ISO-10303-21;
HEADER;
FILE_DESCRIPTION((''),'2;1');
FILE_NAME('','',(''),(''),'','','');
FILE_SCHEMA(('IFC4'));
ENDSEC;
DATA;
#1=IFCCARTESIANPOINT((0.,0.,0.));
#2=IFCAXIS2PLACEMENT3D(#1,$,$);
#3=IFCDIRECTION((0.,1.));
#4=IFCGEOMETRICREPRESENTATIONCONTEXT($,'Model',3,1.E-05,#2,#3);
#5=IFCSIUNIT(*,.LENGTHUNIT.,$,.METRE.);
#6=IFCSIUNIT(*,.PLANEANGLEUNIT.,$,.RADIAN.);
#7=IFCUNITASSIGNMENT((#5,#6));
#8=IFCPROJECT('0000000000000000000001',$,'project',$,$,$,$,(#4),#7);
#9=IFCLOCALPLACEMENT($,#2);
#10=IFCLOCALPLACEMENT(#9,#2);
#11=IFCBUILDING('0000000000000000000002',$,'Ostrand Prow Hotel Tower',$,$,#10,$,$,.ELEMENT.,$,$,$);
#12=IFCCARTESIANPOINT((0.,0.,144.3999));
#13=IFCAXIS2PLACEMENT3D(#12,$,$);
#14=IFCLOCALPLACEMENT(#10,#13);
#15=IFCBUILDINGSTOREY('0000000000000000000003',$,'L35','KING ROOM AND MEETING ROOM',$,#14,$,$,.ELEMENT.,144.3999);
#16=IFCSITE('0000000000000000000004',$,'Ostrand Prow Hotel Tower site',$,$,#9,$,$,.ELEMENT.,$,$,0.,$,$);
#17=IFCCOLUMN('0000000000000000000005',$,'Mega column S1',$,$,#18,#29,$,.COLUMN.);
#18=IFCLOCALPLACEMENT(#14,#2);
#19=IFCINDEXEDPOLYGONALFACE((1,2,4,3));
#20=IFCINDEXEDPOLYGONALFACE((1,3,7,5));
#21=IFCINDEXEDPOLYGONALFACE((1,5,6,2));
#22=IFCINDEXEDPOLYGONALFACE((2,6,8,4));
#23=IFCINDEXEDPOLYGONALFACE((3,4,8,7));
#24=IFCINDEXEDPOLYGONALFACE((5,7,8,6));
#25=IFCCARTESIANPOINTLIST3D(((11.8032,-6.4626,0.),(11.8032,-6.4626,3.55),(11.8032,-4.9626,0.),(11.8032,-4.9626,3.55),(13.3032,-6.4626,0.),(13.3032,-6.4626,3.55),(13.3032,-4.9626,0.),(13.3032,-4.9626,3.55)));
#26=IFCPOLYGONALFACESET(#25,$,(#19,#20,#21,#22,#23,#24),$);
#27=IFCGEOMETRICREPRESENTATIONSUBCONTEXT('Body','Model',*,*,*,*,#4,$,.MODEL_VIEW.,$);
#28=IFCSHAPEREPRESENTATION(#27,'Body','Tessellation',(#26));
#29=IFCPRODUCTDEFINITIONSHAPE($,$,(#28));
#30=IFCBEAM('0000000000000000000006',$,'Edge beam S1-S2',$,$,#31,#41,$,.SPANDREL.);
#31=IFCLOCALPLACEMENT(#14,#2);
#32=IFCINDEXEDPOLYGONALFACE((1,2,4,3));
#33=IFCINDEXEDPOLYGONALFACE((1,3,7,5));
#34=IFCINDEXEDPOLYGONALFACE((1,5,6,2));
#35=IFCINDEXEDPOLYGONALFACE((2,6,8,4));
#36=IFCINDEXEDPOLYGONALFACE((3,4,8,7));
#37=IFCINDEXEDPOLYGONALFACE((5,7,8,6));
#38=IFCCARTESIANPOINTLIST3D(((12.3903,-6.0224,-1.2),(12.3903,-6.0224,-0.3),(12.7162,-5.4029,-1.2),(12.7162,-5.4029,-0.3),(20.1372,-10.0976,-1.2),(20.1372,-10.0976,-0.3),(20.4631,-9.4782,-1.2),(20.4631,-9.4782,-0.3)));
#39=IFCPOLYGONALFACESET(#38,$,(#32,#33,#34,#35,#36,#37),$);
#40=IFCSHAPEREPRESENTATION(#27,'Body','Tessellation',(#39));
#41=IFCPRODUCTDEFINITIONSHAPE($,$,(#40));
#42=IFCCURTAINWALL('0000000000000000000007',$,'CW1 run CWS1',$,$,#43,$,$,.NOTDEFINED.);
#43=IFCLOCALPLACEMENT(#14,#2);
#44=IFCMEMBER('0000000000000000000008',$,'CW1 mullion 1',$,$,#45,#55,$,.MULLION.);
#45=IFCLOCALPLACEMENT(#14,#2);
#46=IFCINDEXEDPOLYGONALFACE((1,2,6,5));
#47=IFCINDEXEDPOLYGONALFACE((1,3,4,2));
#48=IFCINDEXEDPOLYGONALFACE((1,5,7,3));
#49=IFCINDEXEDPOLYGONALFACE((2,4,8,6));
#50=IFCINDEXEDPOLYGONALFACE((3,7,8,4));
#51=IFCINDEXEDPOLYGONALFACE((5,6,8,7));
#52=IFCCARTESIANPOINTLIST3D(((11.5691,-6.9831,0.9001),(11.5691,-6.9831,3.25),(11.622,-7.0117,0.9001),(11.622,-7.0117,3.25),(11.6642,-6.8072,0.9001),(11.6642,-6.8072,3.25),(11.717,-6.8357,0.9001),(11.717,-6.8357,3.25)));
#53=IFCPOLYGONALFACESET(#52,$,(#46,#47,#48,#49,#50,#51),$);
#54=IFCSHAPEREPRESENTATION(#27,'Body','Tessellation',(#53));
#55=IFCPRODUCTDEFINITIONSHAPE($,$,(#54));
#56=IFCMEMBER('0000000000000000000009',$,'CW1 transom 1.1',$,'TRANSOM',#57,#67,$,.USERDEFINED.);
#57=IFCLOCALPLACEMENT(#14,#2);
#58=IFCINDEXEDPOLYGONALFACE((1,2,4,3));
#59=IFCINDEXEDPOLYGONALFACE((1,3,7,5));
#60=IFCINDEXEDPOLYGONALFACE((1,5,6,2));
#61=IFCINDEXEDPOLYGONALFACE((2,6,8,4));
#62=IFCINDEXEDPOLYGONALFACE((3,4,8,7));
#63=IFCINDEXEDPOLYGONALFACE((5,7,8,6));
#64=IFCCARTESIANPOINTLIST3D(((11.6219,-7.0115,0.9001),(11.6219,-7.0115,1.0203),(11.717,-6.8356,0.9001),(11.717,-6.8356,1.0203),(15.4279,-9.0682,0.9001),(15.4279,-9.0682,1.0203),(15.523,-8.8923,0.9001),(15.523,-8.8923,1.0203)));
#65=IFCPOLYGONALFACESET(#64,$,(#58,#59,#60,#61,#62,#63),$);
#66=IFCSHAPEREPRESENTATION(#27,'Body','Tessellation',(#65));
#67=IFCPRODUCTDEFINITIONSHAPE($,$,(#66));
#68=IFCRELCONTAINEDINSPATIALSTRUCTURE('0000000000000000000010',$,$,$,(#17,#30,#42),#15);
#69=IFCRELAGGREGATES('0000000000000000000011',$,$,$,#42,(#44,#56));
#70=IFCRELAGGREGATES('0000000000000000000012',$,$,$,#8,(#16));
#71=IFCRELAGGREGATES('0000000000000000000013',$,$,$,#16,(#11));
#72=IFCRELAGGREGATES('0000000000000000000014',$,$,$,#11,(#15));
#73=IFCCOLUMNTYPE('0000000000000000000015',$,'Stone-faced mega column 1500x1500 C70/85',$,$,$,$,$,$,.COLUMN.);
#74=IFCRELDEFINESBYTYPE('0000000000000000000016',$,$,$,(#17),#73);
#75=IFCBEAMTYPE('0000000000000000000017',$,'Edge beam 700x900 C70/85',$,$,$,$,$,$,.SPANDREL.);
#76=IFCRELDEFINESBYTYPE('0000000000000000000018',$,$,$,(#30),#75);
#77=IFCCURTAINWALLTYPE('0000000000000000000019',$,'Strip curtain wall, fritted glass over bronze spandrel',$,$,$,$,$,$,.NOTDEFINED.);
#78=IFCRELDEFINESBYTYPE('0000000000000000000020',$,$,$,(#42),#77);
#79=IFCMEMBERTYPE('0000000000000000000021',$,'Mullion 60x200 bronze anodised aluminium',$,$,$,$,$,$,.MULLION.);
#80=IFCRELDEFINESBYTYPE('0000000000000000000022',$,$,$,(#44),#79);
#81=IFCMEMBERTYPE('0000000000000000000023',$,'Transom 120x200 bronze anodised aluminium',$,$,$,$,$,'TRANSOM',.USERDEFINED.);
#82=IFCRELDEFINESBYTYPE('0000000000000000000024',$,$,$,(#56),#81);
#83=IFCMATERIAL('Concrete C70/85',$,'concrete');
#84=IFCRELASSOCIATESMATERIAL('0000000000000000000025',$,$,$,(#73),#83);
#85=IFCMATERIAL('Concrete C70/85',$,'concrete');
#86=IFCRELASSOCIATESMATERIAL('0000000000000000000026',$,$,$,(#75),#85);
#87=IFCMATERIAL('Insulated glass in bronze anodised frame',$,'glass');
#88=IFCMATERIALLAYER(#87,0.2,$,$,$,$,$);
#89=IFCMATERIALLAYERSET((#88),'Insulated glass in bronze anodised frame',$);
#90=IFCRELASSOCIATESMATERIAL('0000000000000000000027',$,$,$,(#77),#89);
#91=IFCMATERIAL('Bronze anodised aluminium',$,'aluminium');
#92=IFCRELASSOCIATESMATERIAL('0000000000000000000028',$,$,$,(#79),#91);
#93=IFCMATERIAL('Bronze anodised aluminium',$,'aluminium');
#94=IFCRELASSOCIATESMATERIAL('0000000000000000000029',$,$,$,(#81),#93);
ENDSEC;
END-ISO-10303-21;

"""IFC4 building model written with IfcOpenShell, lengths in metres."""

from ifc_helpers import new_model, si_unit, direction, frame, origin, origin_2d, place, context, subcontext, project, spatial, rectangle, extrude, material, layer, layer_set, material_profile, profile_set, type_object, element, aggregate, save


model = new_model("IFC4")

# Units and contexts
model_context = context("Model", 3, precision=1e-05, world=origin(), true_north=direction((0.0, 1.0)))
body_context = subcontext(model_context, "Body", "Model", "MODEL_VIEW")
ifc_project = project(units=[si_unit("LENGTHUNIT", "METRE"), si_unit("PLANEANGLEUNIT", "RADIAN")], contexts=[model_context])

# Site, building, storey
site_placement = place(None, origin())
site = spatial("IfcSite", under=ifc_project, at=site_placement, Name="Ostrand Prow Hotel Tower site", CompositionType="ELEMENT", RefElevation=0.0)
building_placement = place(site_placement, origin())
building = spatial("IfcBuilding", under=site, at=building_placement, Name="Ostrand Prow Hotel Tower", CompositionType="ELEMENT")
storey_placement = place(building_placement, frame((0.0, 0.0, 144.3999)))
storey = spatial("IfcBuildingStorey", under=building, at=storey_placement, Name="L35", Description="KING ROOM AND MEETING ROOM", CompositionType="ELEMENT", Elevation=144.3999)

# Column
ifc_material_1 = material(Name="Concrete C70/85", Category="concrete")
ifc_material_profile_1 = material_profile(ifc_material_1, rectangle(XDim=1.5, YDim=1.5, at=origin_2d()), Name="RC 1500x1500")
ifc_profile_set_1 = profile_set([ifc_material_profile_1], Name="Concrete C70/85")
column_type = type_object("IfcColumnType", Name="Stone-faced mega column 1500x1500 C70/85", PredefinedType="COLUMN", material=ifc_profile_set_1)
column_placement = place(storey_placement, frame((12.5532, -5.7126, 0.0), z_axis=(0.0, 0.0, 1.0), x_axis=(1.0, 0.0, 0.0)))
element("IfcColumn", 1, at=column_placement, inside=storey, type_object=column_type, Name="Mega column S1", PredefinedType="COLUMN", context=body_context, shape_type="SweptSolid", body=[
    extrude(rectangle(XDim=1.5, YDim=1.5, at=origin_2d()), origin(), (0.0, 0.0, 1.0), 3.55),
])

# Beam
ifc_material_2 = material(Name="Concrete C70/85", Category="concrete")
ifc_material_profile_2 = material_profile(ifc_material_2, rectangle(XDim=0.7, YDim=0.8999, at=origin_2d()), Name="RC 700x900")
ifc_profile_set_2 = profile_set([ifc_material_profile_2], Name="Concrete C70/85")
beam_type = type_object("IfcBeamType", Name="Edge beam 700x900 C70/85", PredefinedType="SPANDREL", material=ifc_profile_set_2)
beam_placement = place(storey_placement, frame((12.5532, -5.7126, -0.75), z_axis=(0.885016, -0.46556, 0.0), x_axis=(0.46556, 0.885016, 0.0)))
element("IfcBeam", 2, at=beam_placement, inside=storey, type_object=beam_type, Name="Edge beam S1-S2", PredefinedType="SPANDREL", context=body_context, shape_type="SweptSolid", body=[
    extrude(rectangle(XDim=0.7, YDim=0.8999, at=origin_2d()), origin(), (0.0, 0.0, 1.0), 8.7534),
])

# Curtain wall, members
ifc_material_3 = material(Name="Insulated glass in bronze anodised frame", Category="glass")
ifc_layer_1 = layer(ifc_material_3, 0.2)
ifc_layer_set_1 = layer_set([ifc_layer_1], Name="Insulated glass in bronze anodised frame")
curtain_wall_type = type_object("IfcCurtainWallType", Name="Strip curtain wall, fritted glass over bronze spandrel", PredefinedType="NOTDEFINED", material=ifc_layer_set_1)
curtain_wall_placement = place(storey_placement, origin())
curtain_wall = element("IfcCurtainWall", 3, at=curtain_wall_placement, inside=storey, type_object=curtain_wall_type, Name="CW1 run CWS1", PredefinedType="NOTDEFINED")
ifc_material_4 = material(Name="Bronze anodised aluminium", Category="aluminium")
ifc_material_profile_3 = material_profile(ifc_material_4, rectangle(XDim=0.2, YDim=0.0601, at=origin_2d()), Name="Mullion 60x200 bronze anodised aluminium")
ifc_profile_set_3 = profile_set([ifc_material_profile_3], Name="Bronze anodised aluminium")
member_type_1 = type_object("IfcMemberType", Name="Mullion 60x200 bronze anodised aluminium", PredefinedType="MULLION", material=ifc_profile_set_3)
member_1_placement = place(storey_placement, frame((11.6431, -6.9094, 0.9001), z_axis=(0.0, 0.0, 1.0), x_axis=(0.475394, 0.879773, 0.0)))
member_1 = element("IfcMember", 4, at=member_1_placement, type_object=member_type_1, Name="CW1 mullion 1", PredefinedType="MULLION", context=body_context, shape_type="SweptSolid", body=[
    extrude(rectangle(XDim=0.2, YDim=0.0601, at=origin_2d()), origin(), (0.0, 0.0, 1.0), 2.3499),
])
ifc_material_5 = material(Name="Bronze anodised aluminium", Category="aluminium")
ifc_material_profile_4 = material_profile(ifc_material_5, rectangle(XDim=0.2, YDim=0.1201, at=origin_2d()), Name="Transom 120x200 bronze anodised aluminium")
ifc_profile_set_4 = profile_set([ifc_material_profile_4], Name="Bronze anodised aluminium")
member_type_2 = type_object("IfcMemberType", Name="Transom 120x200 bronze anodised aluminium", ElementType="TRANSOM", PredefinedType="USERDEFINED", material=ifc_profile_set_4)
member_2_placement = place(storey_placement, frame((11.6694, -6.9236, 0.9602), z_axis=(0.879765, -0.475408, 0.0), x_axis=(0.475408, 0.879765, 0.0)))
member_2 = element("IfcMember", 5, at=member_2_placement, type_object=member_type_2, Name="CW1 transom 1.1", ObjectType="TRANSOM", PredefinedType="USERDEFINED", context=body_context, shape_type="SweptSolid", body=[
    extrude(rectangle(XDim=0.2, YDim=0.1201, at=origin_2d()), origin(), (0.0, 0.0, 1.0), 4.3262),
])
aggregate(curtain_wall, [member_1, member_2])

save(model, "model.ifc")
